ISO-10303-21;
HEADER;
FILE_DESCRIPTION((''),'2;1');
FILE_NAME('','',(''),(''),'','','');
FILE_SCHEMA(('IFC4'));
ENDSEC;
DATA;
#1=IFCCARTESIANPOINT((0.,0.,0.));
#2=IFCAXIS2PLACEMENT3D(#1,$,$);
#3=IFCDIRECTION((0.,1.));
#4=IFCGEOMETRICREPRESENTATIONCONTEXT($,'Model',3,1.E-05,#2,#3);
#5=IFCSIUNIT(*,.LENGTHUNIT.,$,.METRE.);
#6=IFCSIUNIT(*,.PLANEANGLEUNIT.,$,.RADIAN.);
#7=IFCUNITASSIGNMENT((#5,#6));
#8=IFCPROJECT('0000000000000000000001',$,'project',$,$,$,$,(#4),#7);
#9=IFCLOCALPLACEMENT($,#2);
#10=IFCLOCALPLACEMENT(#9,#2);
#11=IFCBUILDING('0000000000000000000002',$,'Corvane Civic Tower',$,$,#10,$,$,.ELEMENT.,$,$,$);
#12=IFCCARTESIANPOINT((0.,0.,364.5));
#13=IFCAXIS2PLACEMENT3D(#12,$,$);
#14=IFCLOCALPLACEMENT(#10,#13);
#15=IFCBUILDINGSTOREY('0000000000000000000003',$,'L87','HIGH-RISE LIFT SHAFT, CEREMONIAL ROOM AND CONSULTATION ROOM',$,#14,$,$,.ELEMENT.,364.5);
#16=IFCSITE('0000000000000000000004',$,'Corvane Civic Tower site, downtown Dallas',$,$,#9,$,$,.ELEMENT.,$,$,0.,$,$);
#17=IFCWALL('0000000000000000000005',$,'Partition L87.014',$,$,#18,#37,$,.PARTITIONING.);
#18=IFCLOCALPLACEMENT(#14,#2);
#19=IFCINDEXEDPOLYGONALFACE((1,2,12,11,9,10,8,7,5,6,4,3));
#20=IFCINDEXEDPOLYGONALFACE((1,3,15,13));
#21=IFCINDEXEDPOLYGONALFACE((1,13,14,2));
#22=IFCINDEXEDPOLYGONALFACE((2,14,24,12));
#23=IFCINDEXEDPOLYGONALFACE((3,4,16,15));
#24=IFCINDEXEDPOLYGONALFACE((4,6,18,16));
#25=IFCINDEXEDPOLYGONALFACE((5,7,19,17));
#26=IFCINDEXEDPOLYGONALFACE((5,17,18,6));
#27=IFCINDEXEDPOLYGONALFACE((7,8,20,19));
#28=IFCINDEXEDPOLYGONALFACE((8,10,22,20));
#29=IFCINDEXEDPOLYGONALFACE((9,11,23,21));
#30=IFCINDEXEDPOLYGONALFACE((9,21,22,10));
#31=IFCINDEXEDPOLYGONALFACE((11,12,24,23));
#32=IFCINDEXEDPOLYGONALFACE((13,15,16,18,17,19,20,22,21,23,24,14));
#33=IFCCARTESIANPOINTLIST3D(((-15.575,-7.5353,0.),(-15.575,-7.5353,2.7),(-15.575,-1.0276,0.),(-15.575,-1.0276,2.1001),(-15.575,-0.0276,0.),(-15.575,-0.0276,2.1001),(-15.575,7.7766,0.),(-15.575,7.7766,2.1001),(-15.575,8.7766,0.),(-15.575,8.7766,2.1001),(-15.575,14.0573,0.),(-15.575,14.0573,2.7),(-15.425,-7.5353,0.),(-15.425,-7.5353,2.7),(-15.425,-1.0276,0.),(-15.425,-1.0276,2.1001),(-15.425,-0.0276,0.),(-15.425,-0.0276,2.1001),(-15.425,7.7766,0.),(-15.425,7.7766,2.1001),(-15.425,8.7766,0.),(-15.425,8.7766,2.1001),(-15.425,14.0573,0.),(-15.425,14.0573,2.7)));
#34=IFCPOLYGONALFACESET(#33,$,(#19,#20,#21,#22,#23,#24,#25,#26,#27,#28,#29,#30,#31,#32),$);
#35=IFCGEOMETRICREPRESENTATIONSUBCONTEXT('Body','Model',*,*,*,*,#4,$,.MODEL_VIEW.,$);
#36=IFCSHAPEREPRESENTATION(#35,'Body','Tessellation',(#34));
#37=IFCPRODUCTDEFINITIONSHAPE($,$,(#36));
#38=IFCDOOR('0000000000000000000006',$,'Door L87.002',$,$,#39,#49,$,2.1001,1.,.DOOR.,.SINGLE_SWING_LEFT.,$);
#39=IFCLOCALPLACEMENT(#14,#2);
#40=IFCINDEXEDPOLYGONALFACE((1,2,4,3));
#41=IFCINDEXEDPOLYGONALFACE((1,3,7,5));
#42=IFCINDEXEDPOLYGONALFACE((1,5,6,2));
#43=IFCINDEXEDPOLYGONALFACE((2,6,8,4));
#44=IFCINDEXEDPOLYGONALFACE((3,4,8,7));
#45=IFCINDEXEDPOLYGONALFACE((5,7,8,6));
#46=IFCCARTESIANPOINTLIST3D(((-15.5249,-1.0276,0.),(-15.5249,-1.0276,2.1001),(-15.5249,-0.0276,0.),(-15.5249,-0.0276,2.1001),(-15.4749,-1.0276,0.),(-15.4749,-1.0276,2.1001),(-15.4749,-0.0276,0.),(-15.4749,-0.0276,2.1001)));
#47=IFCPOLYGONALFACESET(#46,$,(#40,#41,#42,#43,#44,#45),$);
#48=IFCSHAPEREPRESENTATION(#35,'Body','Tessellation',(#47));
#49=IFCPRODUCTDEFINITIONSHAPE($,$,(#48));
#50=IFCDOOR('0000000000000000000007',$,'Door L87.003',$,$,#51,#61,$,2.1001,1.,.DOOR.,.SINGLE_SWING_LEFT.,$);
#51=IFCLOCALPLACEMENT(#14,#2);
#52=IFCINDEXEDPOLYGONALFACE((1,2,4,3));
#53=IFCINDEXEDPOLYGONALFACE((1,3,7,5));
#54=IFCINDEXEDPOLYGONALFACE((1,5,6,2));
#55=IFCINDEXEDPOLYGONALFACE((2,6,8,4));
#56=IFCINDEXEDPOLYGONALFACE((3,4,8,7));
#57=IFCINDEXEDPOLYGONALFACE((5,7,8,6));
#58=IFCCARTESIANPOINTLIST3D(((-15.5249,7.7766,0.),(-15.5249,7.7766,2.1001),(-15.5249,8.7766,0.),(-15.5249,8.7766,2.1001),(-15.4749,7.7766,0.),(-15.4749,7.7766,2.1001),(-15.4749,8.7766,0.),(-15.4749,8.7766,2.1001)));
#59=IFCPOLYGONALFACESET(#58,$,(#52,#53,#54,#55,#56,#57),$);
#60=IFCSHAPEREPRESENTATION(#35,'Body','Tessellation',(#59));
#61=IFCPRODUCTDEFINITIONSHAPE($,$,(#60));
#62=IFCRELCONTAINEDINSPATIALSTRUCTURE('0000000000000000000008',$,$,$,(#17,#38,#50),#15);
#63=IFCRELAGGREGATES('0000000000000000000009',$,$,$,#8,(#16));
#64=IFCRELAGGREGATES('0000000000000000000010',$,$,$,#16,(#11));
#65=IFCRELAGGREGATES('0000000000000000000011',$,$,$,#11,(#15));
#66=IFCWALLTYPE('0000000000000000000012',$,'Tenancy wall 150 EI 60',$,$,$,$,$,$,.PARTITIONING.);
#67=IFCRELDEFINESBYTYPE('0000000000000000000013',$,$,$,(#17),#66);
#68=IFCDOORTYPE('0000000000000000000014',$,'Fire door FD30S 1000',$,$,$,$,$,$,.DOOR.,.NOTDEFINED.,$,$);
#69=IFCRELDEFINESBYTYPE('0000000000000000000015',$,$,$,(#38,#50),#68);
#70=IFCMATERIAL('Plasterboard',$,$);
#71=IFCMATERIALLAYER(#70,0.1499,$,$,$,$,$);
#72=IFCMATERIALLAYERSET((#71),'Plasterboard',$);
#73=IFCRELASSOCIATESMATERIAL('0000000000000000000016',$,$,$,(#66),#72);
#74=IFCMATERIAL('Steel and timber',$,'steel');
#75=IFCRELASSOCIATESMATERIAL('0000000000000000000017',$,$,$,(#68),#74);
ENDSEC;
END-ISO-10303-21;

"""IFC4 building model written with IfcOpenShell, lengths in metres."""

from ifc_helpers import new_model, si_unit, direction, frame, frame_2d, origin, place, context, subcontext, project, spatial, rectangle, extrude, material, layer, layer_set, type_object, element, fill, save


model = new_model("IFC4")

# Units and contexts
model_context = context("Model", 3, precision=1e-05, world=origin(), true_north=direction((0.0, 1.0)))
body_context = subcontext(model_context, "Body", "Model", "MODEL_VIEW")
ifc_project = project(units=[si_unit("LENGTHUNIT", "METRE"), si_unit("PLANEANGLEUNIT", "RADIAN")], contexts=[model_context])

# Site, building, storey
site_placement = place(None, origin())
site = spatial("IfcSite", under=ifc_project, at=site_placement, Name="Corvane Civic Tower site, downtown Dallas", CompositionType="ELEMENT", RefElevation=0.0)
building_placement = place(site_placement, origin())
building = spatial("IfcBuilding", under=site, at=building_placement, Name="Corvane Civic Tower", CompositionType="ELEMENT")
storey_placement = place(building_placement, frame((0.0, 0.0, 364.5)))
storey = spatial("IfcBuildingStorey", under=building, at=storey_placement, Name="L87", Description="HIGH-RISE LIFT SHAFT, CEREMONIAL ROOM AND CONSULTATION ROOM", CompositionType="ELEMENT", Elevation=364.5)

# Shared definitions
ifc_material_1 = material(Name="Plasterboard")
ifc_layer_1 = layer(ifc_material_1, 0.1499)
ifc_layer_set_1 = layer_set([ifc_layer_1], Name="Plasterboard")
wall_type_1 = type_object("IfcWallType", Name="Tenancy wall 150 EI 60", PredefinedType="PARTITIONING", material=ifc_layer_set_1)

# Wall, openings, doors
wall_1_placement = place(storey_placement, frame((-15.5, -7.5354, 0.0), z_axis=(0.0, 0.0, 1.0), x_axis=(0.0, 1.0, 0.0)))
wall_1 = element("IfcWall", 1, at=wall_1_placement, inside=storey, type_object=wall_type_1, Name="Partition L87.014", PredefinedType="PARTITIONING", context=body_context, shape_type="SweptSolid", body=[
    extrude(rectangle(XDim=21.5925, YDim=0.1499, at=frame_2d((10.7964, 0.0))), origin(), (0.0, 0.0, 1.0), 2.7),
])
opening_1_placement = place(wall_1_placement, frame((6.5078, 0.0, 0.0)))
opening_1 = element("IfcOpeningElement", 2, at=opening_1_placement, cuts=wall_1, PredefinedType="OPENING", context=body_context, shape_type="SweptSolid", body=[
    extrude(rectangle(XDim=1.0, YDim=2.1001, at=frame_2d((0.5, 1.05))), frame((0.0, 0.085, 0.0), z_axis=(0.0, -1.0, 0.0), x_axis=(1.0, 0.0, 0.0)), (0.0, 0.0, 1.0), 0.1699),
])
opening_2_placement = place(wall_1_placement, frame((15.312, 0.0, 0.0)))
opening_2 = element("IfcOpeningElement", 3, at=opening_2_placement, cuts=wall_1, PredefinedType="OPENING", context=body_context, shape_type="SweptSolid", body=[
    extrude(rectangle(XDim=1.0, YDim=2.1001, at=frame_2d((0.5, 1.05))), frame((0.0, 0.085, 0.0), z_axis=(0.0, -1.0, 0.0), x_axis=(1.0, 0.0, 0.0)), (0.0, 0.0, 1.0), 0.1699),
])
ifc_material_2 = material(Name="Steel and timber", Category="steel")
door_type = type_object("IfcDoorType", Name="Fire door FD30S 1000", OperationType="NOTDEFINED", PredefinedType="DOOR", material=ifc_material_2)
door_1_placement = place(opening_1_placement, origin())
door_1 = element("IfcDoor", 4, at=door_1_placement, inside=storey, type_object=door_type, Name="Door L87.002", OperationType="SINGLE_SWING_LEFT", OverallHeight=2.1001, OverallWidth=1.0, PredefinedType="DOOR", context=body_context, shape_type="SweptSolid", body=[
    extrude(rectangle(XDim=1.0, YDim=2.1001, at=frame_2d((0.5, 1.05))), frame((0.0, 0.0249, 0.0), z_axis=(0.0, -1.0, 0.0), x_axis=(1.0, 0.0, 0.0)), (0.0, 0.0, 1.0), 0.05),
])
fill(opening_1, door_1)
door_2_placement = place(opening_2_placement, origin())
door_2 = element("IfcDoor", 5, at=door_2_placement, inside=storey, type_object=door_type, Name="Door L87.003", OperationType="SINGLE_SWING_LEFT", OverallHeight=2.1001, OverallWidth=1.0, PredefinedType="DOOR", context=body_context, shape_type="SweptSolid", body=[
    extrude(rectangle(XDim=1.0, YDim=2.1001, at=frame_2d((0.5, 1.05))), frame((0.0, 0.0249, 0.0), z_axis=(0.0, -1.0, 0.0), x_axis=(1.0, 0.0, 0.0)), (0.0, 0.0, 1.0), 0.05),
])
fill(opening_2, door_2)

save(model, "model.ifc")
